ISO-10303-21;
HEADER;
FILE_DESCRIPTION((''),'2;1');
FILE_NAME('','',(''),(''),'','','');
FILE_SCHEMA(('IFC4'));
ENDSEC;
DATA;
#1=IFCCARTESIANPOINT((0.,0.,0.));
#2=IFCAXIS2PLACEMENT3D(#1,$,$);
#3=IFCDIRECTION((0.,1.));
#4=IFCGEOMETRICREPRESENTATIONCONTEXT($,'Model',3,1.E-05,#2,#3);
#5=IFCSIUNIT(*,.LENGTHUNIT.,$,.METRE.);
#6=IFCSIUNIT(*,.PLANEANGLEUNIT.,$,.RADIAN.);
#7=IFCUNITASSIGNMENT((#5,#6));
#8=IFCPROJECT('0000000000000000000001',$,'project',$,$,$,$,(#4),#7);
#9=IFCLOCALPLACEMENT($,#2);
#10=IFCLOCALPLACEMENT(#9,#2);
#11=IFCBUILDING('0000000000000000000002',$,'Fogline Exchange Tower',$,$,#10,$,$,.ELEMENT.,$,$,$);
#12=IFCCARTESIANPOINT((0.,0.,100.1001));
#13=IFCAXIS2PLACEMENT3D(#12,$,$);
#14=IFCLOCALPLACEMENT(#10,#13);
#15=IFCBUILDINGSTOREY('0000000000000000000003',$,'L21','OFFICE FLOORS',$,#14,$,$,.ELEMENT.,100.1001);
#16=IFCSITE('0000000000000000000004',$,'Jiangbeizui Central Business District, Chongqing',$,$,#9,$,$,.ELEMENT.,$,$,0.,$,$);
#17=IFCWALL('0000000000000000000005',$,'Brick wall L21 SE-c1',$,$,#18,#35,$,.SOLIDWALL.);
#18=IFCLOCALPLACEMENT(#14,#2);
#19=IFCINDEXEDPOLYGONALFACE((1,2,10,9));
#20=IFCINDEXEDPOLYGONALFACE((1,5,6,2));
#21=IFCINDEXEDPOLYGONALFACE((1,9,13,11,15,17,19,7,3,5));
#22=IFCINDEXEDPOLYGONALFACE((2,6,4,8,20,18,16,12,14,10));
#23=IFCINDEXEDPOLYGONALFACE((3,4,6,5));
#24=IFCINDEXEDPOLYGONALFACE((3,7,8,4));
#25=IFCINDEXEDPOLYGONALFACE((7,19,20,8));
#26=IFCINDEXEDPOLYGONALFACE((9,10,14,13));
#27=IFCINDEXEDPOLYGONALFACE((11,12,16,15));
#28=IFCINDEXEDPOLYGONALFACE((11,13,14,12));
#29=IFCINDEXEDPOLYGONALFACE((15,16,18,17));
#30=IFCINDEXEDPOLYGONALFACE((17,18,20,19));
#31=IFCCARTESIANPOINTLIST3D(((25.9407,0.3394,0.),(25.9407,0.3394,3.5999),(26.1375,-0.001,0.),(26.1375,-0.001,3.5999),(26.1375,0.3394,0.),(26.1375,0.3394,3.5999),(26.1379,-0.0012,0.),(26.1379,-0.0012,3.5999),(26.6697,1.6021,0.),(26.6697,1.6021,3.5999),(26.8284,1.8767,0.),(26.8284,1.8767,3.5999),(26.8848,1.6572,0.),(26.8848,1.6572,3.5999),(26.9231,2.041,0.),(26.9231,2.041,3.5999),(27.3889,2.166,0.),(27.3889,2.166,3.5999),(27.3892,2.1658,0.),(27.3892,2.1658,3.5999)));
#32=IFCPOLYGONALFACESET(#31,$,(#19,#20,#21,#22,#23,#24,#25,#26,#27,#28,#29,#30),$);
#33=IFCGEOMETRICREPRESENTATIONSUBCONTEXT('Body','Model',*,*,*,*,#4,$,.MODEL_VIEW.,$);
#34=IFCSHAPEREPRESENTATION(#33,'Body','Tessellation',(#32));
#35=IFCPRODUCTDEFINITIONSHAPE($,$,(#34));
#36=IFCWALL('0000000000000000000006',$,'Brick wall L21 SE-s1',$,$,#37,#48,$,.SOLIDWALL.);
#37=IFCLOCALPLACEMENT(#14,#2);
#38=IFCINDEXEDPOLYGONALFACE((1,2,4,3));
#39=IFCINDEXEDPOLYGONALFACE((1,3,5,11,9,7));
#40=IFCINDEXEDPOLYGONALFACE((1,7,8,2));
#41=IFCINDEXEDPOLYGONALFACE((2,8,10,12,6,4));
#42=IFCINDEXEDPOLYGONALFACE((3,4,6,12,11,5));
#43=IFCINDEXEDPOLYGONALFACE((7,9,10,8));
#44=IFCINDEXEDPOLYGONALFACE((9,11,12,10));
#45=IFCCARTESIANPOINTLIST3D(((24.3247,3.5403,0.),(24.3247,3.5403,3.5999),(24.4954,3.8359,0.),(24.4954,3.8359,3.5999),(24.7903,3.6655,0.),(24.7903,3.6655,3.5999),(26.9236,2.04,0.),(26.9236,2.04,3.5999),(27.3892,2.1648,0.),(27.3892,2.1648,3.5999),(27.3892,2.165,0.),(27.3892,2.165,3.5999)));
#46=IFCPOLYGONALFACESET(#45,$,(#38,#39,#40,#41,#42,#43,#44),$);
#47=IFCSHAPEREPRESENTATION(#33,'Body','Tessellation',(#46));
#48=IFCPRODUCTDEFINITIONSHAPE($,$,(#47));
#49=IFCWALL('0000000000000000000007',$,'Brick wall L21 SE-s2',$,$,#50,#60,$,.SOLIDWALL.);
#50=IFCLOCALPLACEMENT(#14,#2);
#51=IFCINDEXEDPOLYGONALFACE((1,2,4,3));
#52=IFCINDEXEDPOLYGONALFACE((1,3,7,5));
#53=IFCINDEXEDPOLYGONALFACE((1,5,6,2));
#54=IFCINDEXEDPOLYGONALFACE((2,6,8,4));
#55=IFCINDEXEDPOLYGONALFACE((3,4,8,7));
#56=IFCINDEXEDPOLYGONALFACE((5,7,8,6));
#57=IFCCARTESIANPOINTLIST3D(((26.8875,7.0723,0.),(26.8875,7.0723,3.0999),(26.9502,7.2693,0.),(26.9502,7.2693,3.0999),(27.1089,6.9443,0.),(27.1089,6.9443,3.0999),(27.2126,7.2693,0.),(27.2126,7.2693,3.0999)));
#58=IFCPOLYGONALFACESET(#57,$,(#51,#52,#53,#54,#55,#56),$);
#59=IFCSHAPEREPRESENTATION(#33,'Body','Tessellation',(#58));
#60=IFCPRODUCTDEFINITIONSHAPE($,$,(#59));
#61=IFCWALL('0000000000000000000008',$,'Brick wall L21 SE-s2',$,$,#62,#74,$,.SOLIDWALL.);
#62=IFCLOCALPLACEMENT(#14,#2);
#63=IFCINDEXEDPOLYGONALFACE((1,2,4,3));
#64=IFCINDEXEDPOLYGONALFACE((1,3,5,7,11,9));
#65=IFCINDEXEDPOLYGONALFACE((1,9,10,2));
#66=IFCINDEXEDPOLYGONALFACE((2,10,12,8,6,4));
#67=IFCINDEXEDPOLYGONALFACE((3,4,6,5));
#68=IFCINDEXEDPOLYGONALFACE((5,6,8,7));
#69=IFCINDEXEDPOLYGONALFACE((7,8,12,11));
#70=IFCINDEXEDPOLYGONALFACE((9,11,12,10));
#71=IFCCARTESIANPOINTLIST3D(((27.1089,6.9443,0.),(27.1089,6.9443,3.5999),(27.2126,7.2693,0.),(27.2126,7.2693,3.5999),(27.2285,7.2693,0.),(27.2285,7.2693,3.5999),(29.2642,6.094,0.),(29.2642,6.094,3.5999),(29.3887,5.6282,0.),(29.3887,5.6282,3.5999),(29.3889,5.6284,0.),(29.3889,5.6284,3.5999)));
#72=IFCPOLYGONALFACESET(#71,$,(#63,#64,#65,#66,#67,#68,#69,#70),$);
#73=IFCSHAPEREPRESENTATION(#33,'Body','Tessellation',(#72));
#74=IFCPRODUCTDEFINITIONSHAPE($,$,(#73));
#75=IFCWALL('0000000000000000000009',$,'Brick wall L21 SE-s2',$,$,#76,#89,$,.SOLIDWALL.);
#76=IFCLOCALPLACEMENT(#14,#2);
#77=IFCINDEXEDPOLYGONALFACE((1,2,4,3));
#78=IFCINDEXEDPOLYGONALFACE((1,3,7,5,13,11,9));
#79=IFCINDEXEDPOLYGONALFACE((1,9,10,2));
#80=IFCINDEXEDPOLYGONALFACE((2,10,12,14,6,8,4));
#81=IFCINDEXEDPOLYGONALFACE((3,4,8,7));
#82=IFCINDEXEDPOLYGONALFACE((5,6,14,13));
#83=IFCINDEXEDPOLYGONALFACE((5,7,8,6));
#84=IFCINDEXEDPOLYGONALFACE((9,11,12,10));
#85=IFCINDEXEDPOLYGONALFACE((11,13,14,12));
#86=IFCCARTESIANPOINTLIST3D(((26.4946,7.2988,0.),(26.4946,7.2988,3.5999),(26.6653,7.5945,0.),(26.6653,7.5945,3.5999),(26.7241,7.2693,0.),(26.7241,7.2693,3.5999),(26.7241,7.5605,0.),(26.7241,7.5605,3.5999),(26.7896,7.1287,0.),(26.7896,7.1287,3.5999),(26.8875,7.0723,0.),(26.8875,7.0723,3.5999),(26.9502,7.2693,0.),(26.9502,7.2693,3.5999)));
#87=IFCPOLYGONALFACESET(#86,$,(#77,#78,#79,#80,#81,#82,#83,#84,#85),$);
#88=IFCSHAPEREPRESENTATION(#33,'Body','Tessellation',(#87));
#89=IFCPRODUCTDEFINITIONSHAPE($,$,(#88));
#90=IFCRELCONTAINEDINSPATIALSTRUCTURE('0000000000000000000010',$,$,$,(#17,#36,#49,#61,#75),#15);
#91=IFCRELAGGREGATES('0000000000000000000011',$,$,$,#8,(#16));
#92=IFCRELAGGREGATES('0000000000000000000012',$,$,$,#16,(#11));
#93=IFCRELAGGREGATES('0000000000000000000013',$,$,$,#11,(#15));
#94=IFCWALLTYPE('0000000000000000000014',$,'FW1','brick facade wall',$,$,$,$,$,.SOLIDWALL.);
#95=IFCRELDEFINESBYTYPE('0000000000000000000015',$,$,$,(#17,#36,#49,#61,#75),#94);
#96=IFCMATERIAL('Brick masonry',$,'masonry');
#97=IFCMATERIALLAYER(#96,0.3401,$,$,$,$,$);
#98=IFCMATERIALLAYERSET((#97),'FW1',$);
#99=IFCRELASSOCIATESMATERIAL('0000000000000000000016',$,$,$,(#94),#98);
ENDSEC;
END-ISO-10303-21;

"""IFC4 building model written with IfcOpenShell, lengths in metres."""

from ifc_helpers import new_model, si_unit, direction, frame, origin, place, context, subcontext, project, spatial, polyline, outline, extrude, material, layer, layer_set, type_object, element, save


model = new_model("IFC4")

# Units and contexts
model_context = context("Model", 3, precision=1e-05, world=origin(), true_north=direction((0.0, 1.0)))
body_context = subcontext(model_context, "Body", "Model", "MODEL_VIEW")
ifc_project = project(units=[si_unit("LENGTHUNIT", "METRE"), si_unit("PLANEANGLEUNIT", "RADIAN")], contexts=[model_context])

# Site, building, storey
site_placement = place(None, origin())
site = spatial("IfcSite", under=ifc_project, at=site_placement, Name="Jiangbeizui Central Business District, Chongqing", CompositionType="ELEMENT", RefElevation=0.0)
building_placement = place(site_placement, origin())
building = spatial("IfcBuilding", under=site, at=building_placement, Name="Fogline Exchange Tower", CompositionType="ELEMENT")
storey_placement = place(building_placement, frame((0.0, 0.0, 100.1001)))
storey = spatial("IfcBuildingStorey", under=building, at=storey_placement, Name="L21", Description="OFFICE FLOORS", CompositionType="ELEMENT", Elevation=100.1001)

# Walls
ifc_material_1 = material(Name="Brick masonry", Category="masonry")
ifc_layer_1 = layer(ifc_material_1, 0.3401)
ifc_layer_set_1 = layer_set([ifc_layer_1], Name="FW1")
wall_type = type_object("IfcWallType", Name="FW1", Description="brick facade wall", PredefinedType="SOLIDWALL", material=ifc_layer_set_1)
wall_1_placement = place(storey_placement, origin())
element("IfcWall", 1, at=wall_1_placement, inside=storey, type_object=wall_type, Name="Brick wall L21 SE-c1", PredefinedType="SOLIDWALL", context=body_context, shape_type="SweptSolid", body=[
    extrude(outline(polyline([(26.1379, -0.0012), (26.1375, -0.001), (26.1375, 0.3394), (25.9407, 0.3394), (26.6697, 1.6021), (26.8848, 1.6572), (26.8284, 1.8767), (26.9231, 2.041), (27.3889, 2.166), (27.3892, 2.1658), (26.1379, -0.0012)])), origin(), (0.0, 0.0, 1.0), 3.5999),
])
wall_2_placement = place(storey_placement, origin())
element("IfcWall", 2, at=wall_2_placement, inside=storey, type_object=wall_type, Name="Brick wall L21 SE-s1", PredefinedType="SOLIDWALL", context=body_context, shape_type="SweptSolid", body=[
    extrude(outline(polyline([(24.3247, 3.5403), (24.4954, 3.8359), (24.7903, 3.6655), (27.3892, 2.165), (27.3892, 2.1648), (26.9236, 2.04), (24.3247, 3.5403)])), origin(), (0.0, 0.0, 1.0), 3.5999),
])
wall_3_placement = place(storey_placement, origin())
element("IfcWall", 3, at=wall_3_placement, inside=storey, type_object=wall_type, Name="Brick wall L21 SE-s2", PredefinedType="SOLIDWALL", context=body_context, shape_type="SweptSolid", body=[
    extrude(outline(polyline([(26.8875, 7.0723), (26.9502, 7.2693), (27.2126, 7.2693), (27.1089, 6.9443), (26.8875, 7.0723)])), origin(), (0.0, 0.0, 1.0), 3.0999),
])
wall_4_placement = place(storey_placement, origin())
element("IfcWall", 4, at=wall_4_placement, inside=storey, type_object=wall_type, Name="Brick wall L21 SE-s2", PredefinedType="SOLIDWALL", context=body_context, shape_type="SweptSolid", body=[
    extrude(outline(polyline([(27.1089, 6.9443), (27.2126, 7.2693), (27.2285, 7.2693), (29.2642, 6.094), (29.3889, 5.6284), (29.3887, 5.6282), (27.1089, 6.9443)])), origin(), (0.0, 0.0, 1.0), 3.5999),
])
wall_5_placement = place(storey_placement, origin())
element("IfcWall", 5, at=wall_5_placement, inside=storey, type_object=wall_type, Name="Brick wall L21 SE-s2", PredefinedType="SOLIDWALL", context=body_context, shape_type="SweptSolid", body=[
    extrude(outline(polyline([(26.7896, 7.1287), (26.4946, 7.2988), (26.6653, 7.5945), (26.7241, 7.5605), (26.7241, 7.2693), (26.9502, 7.2693), (26.8875, 7.0723), (26.7896, 7.1287)])), origin(), (0.0, 0.0, 1.0), 3.5999),
])

save(model, "model.ifc")
